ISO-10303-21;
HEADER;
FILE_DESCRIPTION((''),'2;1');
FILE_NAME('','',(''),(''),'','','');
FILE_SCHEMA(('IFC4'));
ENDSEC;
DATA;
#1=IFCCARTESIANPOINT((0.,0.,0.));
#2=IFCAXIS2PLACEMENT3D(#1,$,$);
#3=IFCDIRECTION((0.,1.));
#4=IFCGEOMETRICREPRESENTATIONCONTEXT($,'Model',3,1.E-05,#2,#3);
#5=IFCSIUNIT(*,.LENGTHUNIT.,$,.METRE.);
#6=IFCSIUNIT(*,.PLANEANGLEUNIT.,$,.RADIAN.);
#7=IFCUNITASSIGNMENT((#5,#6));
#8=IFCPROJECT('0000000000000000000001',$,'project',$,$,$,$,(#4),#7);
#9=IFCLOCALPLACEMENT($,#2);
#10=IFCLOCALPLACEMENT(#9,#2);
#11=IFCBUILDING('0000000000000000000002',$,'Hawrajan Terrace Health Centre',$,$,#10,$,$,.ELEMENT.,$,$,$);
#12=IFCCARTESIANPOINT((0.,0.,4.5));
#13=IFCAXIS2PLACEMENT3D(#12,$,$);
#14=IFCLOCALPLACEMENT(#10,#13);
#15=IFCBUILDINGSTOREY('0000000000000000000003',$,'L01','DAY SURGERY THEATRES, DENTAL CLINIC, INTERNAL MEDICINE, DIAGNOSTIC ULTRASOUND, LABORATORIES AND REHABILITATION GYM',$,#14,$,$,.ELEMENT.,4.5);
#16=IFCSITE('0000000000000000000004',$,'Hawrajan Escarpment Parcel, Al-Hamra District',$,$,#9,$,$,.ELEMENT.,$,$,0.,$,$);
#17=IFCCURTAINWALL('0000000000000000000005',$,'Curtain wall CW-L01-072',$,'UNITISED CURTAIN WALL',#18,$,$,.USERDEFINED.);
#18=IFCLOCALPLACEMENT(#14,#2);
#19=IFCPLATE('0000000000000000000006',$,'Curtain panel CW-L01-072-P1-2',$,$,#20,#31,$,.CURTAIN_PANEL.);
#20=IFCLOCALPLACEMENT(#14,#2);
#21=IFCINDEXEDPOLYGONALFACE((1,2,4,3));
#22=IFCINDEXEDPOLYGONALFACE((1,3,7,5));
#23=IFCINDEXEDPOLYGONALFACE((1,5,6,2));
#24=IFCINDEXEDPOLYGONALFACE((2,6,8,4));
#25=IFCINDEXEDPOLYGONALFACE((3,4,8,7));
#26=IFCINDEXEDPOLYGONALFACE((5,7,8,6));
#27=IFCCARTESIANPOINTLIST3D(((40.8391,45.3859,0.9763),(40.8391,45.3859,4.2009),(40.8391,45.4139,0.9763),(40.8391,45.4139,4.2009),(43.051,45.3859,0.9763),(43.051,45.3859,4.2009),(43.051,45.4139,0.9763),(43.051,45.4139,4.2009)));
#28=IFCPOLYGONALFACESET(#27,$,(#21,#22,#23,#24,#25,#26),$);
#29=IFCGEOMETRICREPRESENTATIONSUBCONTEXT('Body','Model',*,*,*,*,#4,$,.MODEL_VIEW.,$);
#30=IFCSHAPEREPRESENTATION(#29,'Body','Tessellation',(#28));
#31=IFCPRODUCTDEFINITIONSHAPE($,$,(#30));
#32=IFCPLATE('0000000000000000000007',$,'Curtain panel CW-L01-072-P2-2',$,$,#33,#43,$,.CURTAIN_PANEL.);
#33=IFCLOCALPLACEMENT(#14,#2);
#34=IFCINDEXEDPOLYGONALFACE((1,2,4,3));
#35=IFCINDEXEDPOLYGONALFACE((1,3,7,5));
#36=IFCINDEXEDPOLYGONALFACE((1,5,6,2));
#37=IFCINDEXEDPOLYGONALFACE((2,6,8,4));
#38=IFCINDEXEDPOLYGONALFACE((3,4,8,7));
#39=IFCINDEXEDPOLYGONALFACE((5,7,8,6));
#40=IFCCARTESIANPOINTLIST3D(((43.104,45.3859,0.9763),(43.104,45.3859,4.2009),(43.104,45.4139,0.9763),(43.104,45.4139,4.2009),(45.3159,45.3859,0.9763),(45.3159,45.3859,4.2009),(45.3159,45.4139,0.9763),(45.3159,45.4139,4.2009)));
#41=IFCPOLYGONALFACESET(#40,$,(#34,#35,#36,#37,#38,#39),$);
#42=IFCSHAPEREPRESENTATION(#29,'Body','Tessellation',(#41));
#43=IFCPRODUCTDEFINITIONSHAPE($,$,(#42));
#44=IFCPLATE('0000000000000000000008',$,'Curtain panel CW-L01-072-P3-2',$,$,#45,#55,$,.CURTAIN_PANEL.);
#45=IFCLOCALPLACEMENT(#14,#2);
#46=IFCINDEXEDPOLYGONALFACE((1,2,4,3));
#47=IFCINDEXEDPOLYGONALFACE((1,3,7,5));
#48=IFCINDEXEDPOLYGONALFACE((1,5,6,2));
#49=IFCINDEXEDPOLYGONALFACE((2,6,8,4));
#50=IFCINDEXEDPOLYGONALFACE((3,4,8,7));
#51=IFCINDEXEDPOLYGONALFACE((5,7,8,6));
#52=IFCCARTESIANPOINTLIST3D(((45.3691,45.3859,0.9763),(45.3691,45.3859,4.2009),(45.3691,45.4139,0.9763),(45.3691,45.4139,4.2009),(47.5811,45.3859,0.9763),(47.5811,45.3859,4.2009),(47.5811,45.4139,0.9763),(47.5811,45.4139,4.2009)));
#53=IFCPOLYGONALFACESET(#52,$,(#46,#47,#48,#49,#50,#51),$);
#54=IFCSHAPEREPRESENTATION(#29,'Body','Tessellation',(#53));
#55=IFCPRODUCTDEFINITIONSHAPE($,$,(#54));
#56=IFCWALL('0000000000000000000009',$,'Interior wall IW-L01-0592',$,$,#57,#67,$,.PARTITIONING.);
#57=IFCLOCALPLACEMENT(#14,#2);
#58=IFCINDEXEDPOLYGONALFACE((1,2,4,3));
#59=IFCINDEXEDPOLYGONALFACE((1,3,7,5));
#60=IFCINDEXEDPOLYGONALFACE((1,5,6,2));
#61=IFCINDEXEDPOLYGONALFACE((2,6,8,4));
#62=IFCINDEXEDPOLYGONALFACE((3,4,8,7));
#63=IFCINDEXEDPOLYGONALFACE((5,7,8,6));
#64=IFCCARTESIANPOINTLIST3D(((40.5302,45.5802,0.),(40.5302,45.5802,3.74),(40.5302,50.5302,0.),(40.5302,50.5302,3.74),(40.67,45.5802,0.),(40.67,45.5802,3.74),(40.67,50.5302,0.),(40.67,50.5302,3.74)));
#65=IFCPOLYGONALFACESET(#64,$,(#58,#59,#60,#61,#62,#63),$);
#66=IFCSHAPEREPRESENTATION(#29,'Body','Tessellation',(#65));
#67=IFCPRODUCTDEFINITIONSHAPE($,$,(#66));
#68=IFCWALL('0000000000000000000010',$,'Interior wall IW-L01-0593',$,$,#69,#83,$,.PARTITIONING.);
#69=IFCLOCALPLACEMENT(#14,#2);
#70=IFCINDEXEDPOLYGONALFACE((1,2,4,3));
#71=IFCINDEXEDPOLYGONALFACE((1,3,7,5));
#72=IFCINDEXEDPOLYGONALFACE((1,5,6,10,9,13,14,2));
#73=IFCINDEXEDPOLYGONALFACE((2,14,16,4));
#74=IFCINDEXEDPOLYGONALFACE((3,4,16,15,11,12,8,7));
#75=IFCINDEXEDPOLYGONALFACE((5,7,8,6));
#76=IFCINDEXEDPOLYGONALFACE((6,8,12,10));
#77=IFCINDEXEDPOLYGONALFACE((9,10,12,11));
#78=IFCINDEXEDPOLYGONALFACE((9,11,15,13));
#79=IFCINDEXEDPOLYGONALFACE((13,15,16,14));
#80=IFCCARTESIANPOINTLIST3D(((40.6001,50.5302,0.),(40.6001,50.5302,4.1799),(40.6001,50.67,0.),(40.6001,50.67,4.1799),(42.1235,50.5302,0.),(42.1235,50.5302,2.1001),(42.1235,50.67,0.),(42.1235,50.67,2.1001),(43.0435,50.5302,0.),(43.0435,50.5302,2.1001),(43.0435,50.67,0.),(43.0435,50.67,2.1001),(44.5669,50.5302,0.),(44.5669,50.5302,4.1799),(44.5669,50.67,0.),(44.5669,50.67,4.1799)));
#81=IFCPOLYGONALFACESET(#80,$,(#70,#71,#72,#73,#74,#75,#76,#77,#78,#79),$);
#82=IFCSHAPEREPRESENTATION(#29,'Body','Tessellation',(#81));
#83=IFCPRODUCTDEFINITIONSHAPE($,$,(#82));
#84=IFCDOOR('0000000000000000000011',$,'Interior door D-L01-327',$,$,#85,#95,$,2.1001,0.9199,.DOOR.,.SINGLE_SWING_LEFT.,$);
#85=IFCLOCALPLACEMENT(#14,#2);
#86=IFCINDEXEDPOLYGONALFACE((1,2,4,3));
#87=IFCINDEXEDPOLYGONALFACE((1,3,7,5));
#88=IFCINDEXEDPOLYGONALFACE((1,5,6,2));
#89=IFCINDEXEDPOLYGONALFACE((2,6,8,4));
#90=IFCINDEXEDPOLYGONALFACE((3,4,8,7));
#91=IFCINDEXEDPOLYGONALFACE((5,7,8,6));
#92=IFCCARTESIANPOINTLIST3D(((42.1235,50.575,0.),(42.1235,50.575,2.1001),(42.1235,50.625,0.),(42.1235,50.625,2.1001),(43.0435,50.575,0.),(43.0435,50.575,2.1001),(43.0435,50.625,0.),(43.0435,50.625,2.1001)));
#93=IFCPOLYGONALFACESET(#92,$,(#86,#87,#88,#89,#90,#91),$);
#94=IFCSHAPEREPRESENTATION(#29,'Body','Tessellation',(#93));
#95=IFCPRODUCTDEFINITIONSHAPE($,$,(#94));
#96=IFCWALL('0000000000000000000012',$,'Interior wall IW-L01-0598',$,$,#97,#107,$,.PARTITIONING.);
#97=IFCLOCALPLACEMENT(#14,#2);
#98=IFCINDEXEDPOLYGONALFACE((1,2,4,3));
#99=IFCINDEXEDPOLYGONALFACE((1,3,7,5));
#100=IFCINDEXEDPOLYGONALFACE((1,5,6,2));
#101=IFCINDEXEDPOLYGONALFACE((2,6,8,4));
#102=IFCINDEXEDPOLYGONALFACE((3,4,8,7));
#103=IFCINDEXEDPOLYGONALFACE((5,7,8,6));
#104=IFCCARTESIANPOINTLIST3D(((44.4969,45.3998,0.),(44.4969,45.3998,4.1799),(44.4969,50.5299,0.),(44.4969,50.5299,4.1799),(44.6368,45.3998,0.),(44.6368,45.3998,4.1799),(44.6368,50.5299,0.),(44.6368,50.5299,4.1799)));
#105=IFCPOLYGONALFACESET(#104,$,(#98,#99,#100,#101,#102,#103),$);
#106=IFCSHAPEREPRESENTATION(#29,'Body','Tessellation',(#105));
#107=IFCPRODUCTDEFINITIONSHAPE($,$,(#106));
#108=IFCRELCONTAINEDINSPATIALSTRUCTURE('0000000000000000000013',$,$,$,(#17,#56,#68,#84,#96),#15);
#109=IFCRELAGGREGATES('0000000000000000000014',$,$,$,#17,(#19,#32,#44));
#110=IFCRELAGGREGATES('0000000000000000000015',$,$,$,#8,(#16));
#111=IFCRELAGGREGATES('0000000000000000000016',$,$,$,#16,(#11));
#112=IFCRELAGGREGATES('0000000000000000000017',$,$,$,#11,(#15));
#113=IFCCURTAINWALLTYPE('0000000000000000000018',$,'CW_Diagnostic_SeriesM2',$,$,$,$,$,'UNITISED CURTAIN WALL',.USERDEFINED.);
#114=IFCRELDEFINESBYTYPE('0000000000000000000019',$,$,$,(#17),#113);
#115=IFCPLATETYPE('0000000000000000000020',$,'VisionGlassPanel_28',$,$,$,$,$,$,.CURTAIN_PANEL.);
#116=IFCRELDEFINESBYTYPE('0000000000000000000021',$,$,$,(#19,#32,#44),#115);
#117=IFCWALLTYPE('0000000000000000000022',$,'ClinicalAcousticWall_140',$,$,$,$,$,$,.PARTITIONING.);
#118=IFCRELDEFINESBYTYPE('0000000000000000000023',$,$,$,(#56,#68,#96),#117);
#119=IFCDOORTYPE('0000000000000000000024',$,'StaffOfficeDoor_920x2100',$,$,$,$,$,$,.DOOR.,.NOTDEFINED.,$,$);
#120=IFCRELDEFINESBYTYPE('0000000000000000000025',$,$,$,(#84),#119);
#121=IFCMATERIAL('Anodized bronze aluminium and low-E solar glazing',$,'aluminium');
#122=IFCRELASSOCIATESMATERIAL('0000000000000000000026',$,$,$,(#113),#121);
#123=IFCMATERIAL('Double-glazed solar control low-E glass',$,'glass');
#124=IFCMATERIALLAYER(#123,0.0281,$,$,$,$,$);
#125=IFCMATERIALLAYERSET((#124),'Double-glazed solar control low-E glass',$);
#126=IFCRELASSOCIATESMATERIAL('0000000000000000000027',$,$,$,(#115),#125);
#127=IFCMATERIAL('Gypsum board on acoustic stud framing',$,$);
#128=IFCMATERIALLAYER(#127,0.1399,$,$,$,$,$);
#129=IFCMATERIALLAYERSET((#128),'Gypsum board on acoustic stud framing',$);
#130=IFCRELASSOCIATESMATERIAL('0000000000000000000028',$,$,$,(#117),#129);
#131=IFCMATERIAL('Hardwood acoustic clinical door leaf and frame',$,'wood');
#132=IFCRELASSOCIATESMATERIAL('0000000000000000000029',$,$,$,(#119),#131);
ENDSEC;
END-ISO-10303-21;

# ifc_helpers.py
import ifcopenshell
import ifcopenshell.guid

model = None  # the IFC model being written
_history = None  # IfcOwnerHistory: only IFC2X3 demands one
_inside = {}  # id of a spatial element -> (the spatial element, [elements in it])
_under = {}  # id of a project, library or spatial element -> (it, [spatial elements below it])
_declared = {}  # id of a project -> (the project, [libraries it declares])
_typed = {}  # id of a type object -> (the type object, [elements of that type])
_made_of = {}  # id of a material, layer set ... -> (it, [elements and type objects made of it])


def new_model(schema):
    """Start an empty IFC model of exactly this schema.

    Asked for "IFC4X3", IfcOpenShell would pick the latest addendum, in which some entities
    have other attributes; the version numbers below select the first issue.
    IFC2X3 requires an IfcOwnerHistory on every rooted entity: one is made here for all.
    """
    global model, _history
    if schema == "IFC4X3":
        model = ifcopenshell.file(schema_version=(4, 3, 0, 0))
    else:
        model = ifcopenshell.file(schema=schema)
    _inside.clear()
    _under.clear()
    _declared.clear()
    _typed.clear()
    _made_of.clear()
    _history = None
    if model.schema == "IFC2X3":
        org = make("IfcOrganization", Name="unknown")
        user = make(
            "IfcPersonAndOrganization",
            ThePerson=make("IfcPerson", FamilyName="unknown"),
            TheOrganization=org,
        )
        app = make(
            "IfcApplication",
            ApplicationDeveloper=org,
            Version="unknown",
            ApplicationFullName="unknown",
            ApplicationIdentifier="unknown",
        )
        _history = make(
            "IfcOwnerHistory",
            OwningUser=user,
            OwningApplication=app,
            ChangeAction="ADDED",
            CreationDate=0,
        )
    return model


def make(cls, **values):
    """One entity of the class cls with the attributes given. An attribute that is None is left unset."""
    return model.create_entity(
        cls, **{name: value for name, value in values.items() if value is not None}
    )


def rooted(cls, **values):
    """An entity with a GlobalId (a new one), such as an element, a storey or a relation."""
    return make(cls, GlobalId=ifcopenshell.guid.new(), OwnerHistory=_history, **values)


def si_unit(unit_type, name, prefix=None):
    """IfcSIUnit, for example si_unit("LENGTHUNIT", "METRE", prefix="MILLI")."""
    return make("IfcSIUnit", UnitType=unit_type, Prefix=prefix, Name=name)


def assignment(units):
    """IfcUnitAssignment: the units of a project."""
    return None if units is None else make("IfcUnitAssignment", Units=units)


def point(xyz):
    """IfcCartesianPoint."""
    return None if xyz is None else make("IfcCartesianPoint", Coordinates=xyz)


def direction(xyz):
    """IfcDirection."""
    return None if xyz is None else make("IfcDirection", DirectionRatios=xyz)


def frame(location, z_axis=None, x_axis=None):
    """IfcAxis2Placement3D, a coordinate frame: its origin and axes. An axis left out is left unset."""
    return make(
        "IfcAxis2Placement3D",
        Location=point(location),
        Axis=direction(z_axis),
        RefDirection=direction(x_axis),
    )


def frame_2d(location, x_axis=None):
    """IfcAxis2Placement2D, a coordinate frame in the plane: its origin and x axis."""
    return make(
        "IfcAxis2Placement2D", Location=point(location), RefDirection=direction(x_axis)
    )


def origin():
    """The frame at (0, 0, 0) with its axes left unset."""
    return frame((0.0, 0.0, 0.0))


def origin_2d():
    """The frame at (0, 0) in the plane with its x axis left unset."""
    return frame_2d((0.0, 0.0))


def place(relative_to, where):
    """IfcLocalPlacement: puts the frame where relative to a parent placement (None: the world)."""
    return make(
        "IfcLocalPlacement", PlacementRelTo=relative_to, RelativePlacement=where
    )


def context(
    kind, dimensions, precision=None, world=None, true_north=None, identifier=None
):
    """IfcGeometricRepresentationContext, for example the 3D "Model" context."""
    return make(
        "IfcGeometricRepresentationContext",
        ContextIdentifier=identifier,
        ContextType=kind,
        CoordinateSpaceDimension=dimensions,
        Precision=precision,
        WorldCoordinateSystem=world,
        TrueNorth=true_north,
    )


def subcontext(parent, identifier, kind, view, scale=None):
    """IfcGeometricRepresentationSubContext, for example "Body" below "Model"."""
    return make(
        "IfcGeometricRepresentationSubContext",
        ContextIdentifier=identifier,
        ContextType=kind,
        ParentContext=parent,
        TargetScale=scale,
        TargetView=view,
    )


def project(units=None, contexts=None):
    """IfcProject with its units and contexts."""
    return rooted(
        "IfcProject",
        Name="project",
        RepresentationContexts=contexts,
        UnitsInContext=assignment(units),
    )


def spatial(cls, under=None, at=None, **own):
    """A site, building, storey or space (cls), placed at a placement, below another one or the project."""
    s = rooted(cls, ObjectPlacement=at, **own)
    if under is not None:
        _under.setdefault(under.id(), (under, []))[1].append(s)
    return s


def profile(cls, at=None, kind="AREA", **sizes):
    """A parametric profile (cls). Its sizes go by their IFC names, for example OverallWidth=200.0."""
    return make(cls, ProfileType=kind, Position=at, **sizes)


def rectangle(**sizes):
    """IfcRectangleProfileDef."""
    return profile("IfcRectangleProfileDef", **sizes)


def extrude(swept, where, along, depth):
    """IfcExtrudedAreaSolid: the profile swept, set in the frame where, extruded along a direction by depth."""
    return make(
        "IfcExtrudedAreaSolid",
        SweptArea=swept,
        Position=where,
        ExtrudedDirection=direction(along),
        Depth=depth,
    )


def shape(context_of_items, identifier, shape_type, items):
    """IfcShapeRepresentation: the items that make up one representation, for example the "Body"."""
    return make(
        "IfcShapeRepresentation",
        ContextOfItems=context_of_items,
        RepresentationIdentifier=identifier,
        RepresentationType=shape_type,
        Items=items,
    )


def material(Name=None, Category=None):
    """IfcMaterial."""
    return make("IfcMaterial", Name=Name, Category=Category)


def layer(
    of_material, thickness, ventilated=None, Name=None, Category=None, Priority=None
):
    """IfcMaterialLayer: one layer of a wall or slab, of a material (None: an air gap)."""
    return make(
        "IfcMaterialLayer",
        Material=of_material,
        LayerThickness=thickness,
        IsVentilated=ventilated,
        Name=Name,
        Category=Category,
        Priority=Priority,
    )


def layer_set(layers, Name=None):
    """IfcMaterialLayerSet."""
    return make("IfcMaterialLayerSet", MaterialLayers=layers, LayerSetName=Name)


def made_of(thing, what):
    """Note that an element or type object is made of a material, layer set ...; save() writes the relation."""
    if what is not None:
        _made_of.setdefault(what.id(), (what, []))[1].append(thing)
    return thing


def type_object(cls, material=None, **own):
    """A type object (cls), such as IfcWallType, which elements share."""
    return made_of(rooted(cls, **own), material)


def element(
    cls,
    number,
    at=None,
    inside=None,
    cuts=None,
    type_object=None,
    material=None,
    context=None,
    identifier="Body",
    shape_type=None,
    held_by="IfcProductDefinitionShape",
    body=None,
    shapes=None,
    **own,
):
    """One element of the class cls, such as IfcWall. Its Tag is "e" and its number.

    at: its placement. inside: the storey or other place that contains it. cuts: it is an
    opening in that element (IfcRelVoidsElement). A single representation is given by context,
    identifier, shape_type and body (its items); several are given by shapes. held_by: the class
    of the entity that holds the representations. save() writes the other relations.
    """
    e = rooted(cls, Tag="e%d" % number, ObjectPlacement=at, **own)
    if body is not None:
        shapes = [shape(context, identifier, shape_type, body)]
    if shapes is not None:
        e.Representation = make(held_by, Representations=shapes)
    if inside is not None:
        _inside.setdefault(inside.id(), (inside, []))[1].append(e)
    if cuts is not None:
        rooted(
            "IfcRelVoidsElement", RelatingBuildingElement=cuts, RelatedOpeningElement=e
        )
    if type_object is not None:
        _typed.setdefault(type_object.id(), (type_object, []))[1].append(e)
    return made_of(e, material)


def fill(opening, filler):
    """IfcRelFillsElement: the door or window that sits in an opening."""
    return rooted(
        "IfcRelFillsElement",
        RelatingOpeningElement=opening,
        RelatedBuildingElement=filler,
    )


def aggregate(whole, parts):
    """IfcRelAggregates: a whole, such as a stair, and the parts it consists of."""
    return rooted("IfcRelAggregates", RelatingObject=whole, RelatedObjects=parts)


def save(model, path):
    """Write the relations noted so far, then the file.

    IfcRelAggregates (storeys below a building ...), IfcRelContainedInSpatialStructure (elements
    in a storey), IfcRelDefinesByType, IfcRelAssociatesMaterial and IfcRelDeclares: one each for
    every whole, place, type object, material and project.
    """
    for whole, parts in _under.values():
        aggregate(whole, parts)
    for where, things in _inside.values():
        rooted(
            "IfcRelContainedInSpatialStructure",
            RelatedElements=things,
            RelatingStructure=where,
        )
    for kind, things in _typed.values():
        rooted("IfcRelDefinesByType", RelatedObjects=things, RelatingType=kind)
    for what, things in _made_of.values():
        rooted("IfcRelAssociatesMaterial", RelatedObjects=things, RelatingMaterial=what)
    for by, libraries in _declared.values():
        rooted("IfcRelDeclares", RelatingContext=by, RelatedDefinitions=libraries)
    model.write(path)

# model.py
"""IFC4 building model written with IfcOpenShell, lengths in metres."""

from ifc_helpers import new_model, si_unit, direction, frame, frame_2d, origin, origin_2d, place, context, subcontext, project, spatial, rectangle, extrude, material, layer, layer_set, type_object, element, fill, aggregate, save


model = new_model("IFC4")

# Units and contexts
model_context = context("Model", 3, precision=1e-05, world=origin(), true_north=direction((0.0, 1.0)))
body_context = subcontext(model_context, "Body", "Model", "MODEL_VIEW")
ifc_project = project(units=[si_unit("LENGTHUNIT", "METRE"), si_unit("PLANEANGLEUNIT", "RADIAN")], contexts=[model_context])

# Site, building, storey
site_placement = place(None, origin())
site = spatial("IfcSite", under=ifc_project, at=site_placement, Name="Hawrajan Escarpment Parcel, Al-Hamra District", CompositionType="ELEMENT", RefElevation=0.0)
building_placement = place(site_placement, origin())
building = spatial("IfcBuilding", under=site, at=building_placement, Name="Hawrajan Terrace Health Centre", CompositionType="ELEMENT")
storey_placement = place(building_placement, frame((0.0, 0.0, 4.5)))
storey = spatial("IfcBuildingStorey", under=building, at=storey_placement, Name="L01", Description="DAY SURGERY THEATRES, DENTAL CLINIC, INTERNAL MEDICINE, DIAGNOSTIC ULTRASOUND, LABORATORIES AND REHABILITATION GYM", CompositionType="ELEMENT", Elevation=4.5)

# Curtain wall
ifc_material_1 = material(Name="Anodized bronze aluminium and low-E solar glazing", Category="aluminium")
curtain_wall_type = type_object("IfcCurtainWallType", Name="CW_Diagnostic_SeriesM2", ElementType="UNITISED CURTAIN WALL", PredefinedType="USERDEFINED", material=ifc_material_1)
curtain_wall_placement = place(storey_placement, origin())
curtain_wall = element("IfcCurtainWall", 1, at=curtain_wall_placement, inside=storey, type_object=curtain_wall_type, Name="Curtain wall CW-L01-072", ObjectType="UNITISED CURTAIN WALL", PredefinedType="USERDEFINED")

# Plates
ifc_material_2 = material(Name="Double-glazed solar control low-E glass", Category="glass")
ifc_layer_1 = layer(ifc_material_2, 0.0281)
ifc_layer_set_1 = layer_set([ifc_layer_1], Name="Double-glazed solar control low-E glass")
plate_type_1 = type_object("IfcPlateType", Name="VisionGlassPanel_28", PredefinedType="CURTAIN_PANEL", material=ifc_layer_set_1)
plate_1_placement = place(storey_placement, frame((41.9451, 45.3999, 0.9763), z_axis=(0.0, 0.0, 1.0), x_axis=(1.0, 0.0, 0.0)))
plate_1 = element("IfcPlate", 2, at=plate_1_placement, type_object=plate_type_1, Name="Curtain panel CW-L01-072-P1-2", PredefinedType="CURTAIN_PANEL", context=body_context, shape_type="SweptSolid", body=[
    extrude(rectangle(XDim=2.2119, YDim=0.0281, at=origin_2d()), origin(), (0.0, 0.0, 1.0), 3.2246),
])
plate_2_placement = place(storey_placement, frame((44.21, 45.3999, 0.9763), z_axis=(0.0, 0.0, 1.0), x_axis=(1.0, 0.0, 0.0)))
plate_2 = element("IfcPlate", 3, at=plate_2_placement, type_object=plate_type_1, Name="Curtain panel CW-L01-072-P2-2", PredefinedType="CURTAIN_PANEL", context=body_context, shape_type="SweptSolid", body=[
    extrude(rectangle(XDim=2.2119, YDim=0.0281, at=origin_2d()), origin(), (0.0, 0.0, 1.0), 3.2246),
])
plate_3_placement = place(storey_placement, frame((46.4751, 45.3999, 0.9763), z_axis=(0.0, 0.0, 1.0), x_axis=(1.0, 0.0, 0.0)))
plate_3 = element("IfcPlate", 4, at=plate_3_placement, type_object=plate_type_1, Name="Curtain panel CW-L01-072-P3-2", PredefinedType="CURTAIN_PANEL", context=body_context, shape_type="SweptSolid", body=[
    extrude(rectangle(XDim=2.2119, YDim=0.0281, at=origin_2d()), origin(), (0.0, 0.0, 1.0), 3.2246),
])
aggregate(curtain_wall, [plate_1, plate_2, plate_3])

# Wall
ifc_material_3 = material(Name="Gypsum board on acoustic stud framing")
ifc_layer_2 = layer(ifc_material_3, 0.1399)
ifc_layer_set_2 = layer_set([ifc_layer_2], Name="Gypsum board on acoustic stud framing")
wall_type = type_object("IfcWallType", Name="ClinicalAcousticWall_140", PredefinedType="PARTITIONING", material=ifc_layer_set_2)
wall_1_placement = place(storey_placement, frame((40.6001, 45.5801, 0.0), z_axis=(0.0, 0.0, 1.0), x_axis=(0.0, 1.0, 0.0)))
element("IfcWall", 5, at=wall_1_placement, inside=storey, type_object=wall_type, Name="Interior wall IW-L01-0592", PredefinedType="PARTITIONING", context=body_context, shape_type="SweptSolid", body=[
    extrude(rectangle(XDim=4.95, YDim=0.1399, at=frame_2d((2.4751, 0.0))), origin(), (0.0, 0.0, 1.0), 3.74),
])

# Wall, opening, door
wall_2_placement = place(storey_placement, frame((40.6001, 50.6001, 0.0), z_axis=(0.0, 0.0, 1.0), x_axis=(1.0, 0.0, 0.0)))
wall_2 = element("IfcWall", 6, at=wall_2_placement, inside=storey, type_object=wall_type, Name="Interior wall IW-L01-0593", PredefinedType="PARTITIONING", context=body_context, shape_type="SweptSolid", body=[
    extrude(rectangle(XDim=3.9668, YDim=0.1399, at=frame_2d((1.9834, 0.0))), origin(), (0.0, 0.0, 1.0), 4.1799),
])
opening_placement = place(wall_2_placement, frame((1.5234, 0.0, 0.0)))
opening = element("IfcOpeningElement", 7, at=opening_placement, cuts=wall_2, PredefinedType="OPENING", context=body_context, shape_type="SweptSolid", body=[
    extrude(rectangle(XDim=0.9199, YDim=2.1001, at=frame_2d((0.46, 1.05))), frame((0.0, 0.0798, 0.0), z_axis=(0.0, -1.0, 0.0), x_axis=(1.0, 0.0, 0.0)), (0.0, 0.0, 1.0), 0.1599),
])
ifc_material_4 = material(Name="Hardwood acoustic clinical door leaf and frame", Category="wood")
door_type = type_object("IfcDoorType", Name="StaffOfficeDoor_920x2100", OperationType="NOTDEFINED", PredefinedType="DOOR", material=ifc_material_4)
door_placement = place(opening_placement, origin())
door = element("IfcDoor", 8, at=door_placement, inside=storey, type_object=door_type, Name="Interior door D-L01-327", OperationType="SINGLE_SWING_LEFT", OverallHeight=2.1001, OverallWidth=0.9199, PredefinedType="DOOR", context=body_context, shape_type="SweptSolid", body=[
    extrude(rectangle(XDim=0.9199, YDim=2.1001, at=frame_2d((0.46, 1.05))), frame((0.0, 0.0249, 0.0), z_axis=(0.0, -1.0, 0.0), x_axis=(1.0, 0.0, 0.0)), (0.0, 0.0, 1.0), 0.05),
])
fill(opening, door)

# Wall
wall_3_placement = place(storey_placement, frame((44.5669, 45.3999, 0.0), z_axis=(0.0, 0.0, 1.0), x_axis=(0.0, 1.0, 0.0)))
element("IfcWall", 9, at=wall_3_placement, inside=storey, type_object=wall_type, Name="Interior wall IW-L01-0598", PredefinedType="PARTITIONING", context=body_context, shape_type="SweptSolid", body=[
    extrude(rectangle(XDim=5.1301, YDim=0.1399, at=frame_2d((2.5649, 0.0))), origin(), (0.0, 0.0, 1.0), 4.1799),
])

save(model, "model.ifc")
